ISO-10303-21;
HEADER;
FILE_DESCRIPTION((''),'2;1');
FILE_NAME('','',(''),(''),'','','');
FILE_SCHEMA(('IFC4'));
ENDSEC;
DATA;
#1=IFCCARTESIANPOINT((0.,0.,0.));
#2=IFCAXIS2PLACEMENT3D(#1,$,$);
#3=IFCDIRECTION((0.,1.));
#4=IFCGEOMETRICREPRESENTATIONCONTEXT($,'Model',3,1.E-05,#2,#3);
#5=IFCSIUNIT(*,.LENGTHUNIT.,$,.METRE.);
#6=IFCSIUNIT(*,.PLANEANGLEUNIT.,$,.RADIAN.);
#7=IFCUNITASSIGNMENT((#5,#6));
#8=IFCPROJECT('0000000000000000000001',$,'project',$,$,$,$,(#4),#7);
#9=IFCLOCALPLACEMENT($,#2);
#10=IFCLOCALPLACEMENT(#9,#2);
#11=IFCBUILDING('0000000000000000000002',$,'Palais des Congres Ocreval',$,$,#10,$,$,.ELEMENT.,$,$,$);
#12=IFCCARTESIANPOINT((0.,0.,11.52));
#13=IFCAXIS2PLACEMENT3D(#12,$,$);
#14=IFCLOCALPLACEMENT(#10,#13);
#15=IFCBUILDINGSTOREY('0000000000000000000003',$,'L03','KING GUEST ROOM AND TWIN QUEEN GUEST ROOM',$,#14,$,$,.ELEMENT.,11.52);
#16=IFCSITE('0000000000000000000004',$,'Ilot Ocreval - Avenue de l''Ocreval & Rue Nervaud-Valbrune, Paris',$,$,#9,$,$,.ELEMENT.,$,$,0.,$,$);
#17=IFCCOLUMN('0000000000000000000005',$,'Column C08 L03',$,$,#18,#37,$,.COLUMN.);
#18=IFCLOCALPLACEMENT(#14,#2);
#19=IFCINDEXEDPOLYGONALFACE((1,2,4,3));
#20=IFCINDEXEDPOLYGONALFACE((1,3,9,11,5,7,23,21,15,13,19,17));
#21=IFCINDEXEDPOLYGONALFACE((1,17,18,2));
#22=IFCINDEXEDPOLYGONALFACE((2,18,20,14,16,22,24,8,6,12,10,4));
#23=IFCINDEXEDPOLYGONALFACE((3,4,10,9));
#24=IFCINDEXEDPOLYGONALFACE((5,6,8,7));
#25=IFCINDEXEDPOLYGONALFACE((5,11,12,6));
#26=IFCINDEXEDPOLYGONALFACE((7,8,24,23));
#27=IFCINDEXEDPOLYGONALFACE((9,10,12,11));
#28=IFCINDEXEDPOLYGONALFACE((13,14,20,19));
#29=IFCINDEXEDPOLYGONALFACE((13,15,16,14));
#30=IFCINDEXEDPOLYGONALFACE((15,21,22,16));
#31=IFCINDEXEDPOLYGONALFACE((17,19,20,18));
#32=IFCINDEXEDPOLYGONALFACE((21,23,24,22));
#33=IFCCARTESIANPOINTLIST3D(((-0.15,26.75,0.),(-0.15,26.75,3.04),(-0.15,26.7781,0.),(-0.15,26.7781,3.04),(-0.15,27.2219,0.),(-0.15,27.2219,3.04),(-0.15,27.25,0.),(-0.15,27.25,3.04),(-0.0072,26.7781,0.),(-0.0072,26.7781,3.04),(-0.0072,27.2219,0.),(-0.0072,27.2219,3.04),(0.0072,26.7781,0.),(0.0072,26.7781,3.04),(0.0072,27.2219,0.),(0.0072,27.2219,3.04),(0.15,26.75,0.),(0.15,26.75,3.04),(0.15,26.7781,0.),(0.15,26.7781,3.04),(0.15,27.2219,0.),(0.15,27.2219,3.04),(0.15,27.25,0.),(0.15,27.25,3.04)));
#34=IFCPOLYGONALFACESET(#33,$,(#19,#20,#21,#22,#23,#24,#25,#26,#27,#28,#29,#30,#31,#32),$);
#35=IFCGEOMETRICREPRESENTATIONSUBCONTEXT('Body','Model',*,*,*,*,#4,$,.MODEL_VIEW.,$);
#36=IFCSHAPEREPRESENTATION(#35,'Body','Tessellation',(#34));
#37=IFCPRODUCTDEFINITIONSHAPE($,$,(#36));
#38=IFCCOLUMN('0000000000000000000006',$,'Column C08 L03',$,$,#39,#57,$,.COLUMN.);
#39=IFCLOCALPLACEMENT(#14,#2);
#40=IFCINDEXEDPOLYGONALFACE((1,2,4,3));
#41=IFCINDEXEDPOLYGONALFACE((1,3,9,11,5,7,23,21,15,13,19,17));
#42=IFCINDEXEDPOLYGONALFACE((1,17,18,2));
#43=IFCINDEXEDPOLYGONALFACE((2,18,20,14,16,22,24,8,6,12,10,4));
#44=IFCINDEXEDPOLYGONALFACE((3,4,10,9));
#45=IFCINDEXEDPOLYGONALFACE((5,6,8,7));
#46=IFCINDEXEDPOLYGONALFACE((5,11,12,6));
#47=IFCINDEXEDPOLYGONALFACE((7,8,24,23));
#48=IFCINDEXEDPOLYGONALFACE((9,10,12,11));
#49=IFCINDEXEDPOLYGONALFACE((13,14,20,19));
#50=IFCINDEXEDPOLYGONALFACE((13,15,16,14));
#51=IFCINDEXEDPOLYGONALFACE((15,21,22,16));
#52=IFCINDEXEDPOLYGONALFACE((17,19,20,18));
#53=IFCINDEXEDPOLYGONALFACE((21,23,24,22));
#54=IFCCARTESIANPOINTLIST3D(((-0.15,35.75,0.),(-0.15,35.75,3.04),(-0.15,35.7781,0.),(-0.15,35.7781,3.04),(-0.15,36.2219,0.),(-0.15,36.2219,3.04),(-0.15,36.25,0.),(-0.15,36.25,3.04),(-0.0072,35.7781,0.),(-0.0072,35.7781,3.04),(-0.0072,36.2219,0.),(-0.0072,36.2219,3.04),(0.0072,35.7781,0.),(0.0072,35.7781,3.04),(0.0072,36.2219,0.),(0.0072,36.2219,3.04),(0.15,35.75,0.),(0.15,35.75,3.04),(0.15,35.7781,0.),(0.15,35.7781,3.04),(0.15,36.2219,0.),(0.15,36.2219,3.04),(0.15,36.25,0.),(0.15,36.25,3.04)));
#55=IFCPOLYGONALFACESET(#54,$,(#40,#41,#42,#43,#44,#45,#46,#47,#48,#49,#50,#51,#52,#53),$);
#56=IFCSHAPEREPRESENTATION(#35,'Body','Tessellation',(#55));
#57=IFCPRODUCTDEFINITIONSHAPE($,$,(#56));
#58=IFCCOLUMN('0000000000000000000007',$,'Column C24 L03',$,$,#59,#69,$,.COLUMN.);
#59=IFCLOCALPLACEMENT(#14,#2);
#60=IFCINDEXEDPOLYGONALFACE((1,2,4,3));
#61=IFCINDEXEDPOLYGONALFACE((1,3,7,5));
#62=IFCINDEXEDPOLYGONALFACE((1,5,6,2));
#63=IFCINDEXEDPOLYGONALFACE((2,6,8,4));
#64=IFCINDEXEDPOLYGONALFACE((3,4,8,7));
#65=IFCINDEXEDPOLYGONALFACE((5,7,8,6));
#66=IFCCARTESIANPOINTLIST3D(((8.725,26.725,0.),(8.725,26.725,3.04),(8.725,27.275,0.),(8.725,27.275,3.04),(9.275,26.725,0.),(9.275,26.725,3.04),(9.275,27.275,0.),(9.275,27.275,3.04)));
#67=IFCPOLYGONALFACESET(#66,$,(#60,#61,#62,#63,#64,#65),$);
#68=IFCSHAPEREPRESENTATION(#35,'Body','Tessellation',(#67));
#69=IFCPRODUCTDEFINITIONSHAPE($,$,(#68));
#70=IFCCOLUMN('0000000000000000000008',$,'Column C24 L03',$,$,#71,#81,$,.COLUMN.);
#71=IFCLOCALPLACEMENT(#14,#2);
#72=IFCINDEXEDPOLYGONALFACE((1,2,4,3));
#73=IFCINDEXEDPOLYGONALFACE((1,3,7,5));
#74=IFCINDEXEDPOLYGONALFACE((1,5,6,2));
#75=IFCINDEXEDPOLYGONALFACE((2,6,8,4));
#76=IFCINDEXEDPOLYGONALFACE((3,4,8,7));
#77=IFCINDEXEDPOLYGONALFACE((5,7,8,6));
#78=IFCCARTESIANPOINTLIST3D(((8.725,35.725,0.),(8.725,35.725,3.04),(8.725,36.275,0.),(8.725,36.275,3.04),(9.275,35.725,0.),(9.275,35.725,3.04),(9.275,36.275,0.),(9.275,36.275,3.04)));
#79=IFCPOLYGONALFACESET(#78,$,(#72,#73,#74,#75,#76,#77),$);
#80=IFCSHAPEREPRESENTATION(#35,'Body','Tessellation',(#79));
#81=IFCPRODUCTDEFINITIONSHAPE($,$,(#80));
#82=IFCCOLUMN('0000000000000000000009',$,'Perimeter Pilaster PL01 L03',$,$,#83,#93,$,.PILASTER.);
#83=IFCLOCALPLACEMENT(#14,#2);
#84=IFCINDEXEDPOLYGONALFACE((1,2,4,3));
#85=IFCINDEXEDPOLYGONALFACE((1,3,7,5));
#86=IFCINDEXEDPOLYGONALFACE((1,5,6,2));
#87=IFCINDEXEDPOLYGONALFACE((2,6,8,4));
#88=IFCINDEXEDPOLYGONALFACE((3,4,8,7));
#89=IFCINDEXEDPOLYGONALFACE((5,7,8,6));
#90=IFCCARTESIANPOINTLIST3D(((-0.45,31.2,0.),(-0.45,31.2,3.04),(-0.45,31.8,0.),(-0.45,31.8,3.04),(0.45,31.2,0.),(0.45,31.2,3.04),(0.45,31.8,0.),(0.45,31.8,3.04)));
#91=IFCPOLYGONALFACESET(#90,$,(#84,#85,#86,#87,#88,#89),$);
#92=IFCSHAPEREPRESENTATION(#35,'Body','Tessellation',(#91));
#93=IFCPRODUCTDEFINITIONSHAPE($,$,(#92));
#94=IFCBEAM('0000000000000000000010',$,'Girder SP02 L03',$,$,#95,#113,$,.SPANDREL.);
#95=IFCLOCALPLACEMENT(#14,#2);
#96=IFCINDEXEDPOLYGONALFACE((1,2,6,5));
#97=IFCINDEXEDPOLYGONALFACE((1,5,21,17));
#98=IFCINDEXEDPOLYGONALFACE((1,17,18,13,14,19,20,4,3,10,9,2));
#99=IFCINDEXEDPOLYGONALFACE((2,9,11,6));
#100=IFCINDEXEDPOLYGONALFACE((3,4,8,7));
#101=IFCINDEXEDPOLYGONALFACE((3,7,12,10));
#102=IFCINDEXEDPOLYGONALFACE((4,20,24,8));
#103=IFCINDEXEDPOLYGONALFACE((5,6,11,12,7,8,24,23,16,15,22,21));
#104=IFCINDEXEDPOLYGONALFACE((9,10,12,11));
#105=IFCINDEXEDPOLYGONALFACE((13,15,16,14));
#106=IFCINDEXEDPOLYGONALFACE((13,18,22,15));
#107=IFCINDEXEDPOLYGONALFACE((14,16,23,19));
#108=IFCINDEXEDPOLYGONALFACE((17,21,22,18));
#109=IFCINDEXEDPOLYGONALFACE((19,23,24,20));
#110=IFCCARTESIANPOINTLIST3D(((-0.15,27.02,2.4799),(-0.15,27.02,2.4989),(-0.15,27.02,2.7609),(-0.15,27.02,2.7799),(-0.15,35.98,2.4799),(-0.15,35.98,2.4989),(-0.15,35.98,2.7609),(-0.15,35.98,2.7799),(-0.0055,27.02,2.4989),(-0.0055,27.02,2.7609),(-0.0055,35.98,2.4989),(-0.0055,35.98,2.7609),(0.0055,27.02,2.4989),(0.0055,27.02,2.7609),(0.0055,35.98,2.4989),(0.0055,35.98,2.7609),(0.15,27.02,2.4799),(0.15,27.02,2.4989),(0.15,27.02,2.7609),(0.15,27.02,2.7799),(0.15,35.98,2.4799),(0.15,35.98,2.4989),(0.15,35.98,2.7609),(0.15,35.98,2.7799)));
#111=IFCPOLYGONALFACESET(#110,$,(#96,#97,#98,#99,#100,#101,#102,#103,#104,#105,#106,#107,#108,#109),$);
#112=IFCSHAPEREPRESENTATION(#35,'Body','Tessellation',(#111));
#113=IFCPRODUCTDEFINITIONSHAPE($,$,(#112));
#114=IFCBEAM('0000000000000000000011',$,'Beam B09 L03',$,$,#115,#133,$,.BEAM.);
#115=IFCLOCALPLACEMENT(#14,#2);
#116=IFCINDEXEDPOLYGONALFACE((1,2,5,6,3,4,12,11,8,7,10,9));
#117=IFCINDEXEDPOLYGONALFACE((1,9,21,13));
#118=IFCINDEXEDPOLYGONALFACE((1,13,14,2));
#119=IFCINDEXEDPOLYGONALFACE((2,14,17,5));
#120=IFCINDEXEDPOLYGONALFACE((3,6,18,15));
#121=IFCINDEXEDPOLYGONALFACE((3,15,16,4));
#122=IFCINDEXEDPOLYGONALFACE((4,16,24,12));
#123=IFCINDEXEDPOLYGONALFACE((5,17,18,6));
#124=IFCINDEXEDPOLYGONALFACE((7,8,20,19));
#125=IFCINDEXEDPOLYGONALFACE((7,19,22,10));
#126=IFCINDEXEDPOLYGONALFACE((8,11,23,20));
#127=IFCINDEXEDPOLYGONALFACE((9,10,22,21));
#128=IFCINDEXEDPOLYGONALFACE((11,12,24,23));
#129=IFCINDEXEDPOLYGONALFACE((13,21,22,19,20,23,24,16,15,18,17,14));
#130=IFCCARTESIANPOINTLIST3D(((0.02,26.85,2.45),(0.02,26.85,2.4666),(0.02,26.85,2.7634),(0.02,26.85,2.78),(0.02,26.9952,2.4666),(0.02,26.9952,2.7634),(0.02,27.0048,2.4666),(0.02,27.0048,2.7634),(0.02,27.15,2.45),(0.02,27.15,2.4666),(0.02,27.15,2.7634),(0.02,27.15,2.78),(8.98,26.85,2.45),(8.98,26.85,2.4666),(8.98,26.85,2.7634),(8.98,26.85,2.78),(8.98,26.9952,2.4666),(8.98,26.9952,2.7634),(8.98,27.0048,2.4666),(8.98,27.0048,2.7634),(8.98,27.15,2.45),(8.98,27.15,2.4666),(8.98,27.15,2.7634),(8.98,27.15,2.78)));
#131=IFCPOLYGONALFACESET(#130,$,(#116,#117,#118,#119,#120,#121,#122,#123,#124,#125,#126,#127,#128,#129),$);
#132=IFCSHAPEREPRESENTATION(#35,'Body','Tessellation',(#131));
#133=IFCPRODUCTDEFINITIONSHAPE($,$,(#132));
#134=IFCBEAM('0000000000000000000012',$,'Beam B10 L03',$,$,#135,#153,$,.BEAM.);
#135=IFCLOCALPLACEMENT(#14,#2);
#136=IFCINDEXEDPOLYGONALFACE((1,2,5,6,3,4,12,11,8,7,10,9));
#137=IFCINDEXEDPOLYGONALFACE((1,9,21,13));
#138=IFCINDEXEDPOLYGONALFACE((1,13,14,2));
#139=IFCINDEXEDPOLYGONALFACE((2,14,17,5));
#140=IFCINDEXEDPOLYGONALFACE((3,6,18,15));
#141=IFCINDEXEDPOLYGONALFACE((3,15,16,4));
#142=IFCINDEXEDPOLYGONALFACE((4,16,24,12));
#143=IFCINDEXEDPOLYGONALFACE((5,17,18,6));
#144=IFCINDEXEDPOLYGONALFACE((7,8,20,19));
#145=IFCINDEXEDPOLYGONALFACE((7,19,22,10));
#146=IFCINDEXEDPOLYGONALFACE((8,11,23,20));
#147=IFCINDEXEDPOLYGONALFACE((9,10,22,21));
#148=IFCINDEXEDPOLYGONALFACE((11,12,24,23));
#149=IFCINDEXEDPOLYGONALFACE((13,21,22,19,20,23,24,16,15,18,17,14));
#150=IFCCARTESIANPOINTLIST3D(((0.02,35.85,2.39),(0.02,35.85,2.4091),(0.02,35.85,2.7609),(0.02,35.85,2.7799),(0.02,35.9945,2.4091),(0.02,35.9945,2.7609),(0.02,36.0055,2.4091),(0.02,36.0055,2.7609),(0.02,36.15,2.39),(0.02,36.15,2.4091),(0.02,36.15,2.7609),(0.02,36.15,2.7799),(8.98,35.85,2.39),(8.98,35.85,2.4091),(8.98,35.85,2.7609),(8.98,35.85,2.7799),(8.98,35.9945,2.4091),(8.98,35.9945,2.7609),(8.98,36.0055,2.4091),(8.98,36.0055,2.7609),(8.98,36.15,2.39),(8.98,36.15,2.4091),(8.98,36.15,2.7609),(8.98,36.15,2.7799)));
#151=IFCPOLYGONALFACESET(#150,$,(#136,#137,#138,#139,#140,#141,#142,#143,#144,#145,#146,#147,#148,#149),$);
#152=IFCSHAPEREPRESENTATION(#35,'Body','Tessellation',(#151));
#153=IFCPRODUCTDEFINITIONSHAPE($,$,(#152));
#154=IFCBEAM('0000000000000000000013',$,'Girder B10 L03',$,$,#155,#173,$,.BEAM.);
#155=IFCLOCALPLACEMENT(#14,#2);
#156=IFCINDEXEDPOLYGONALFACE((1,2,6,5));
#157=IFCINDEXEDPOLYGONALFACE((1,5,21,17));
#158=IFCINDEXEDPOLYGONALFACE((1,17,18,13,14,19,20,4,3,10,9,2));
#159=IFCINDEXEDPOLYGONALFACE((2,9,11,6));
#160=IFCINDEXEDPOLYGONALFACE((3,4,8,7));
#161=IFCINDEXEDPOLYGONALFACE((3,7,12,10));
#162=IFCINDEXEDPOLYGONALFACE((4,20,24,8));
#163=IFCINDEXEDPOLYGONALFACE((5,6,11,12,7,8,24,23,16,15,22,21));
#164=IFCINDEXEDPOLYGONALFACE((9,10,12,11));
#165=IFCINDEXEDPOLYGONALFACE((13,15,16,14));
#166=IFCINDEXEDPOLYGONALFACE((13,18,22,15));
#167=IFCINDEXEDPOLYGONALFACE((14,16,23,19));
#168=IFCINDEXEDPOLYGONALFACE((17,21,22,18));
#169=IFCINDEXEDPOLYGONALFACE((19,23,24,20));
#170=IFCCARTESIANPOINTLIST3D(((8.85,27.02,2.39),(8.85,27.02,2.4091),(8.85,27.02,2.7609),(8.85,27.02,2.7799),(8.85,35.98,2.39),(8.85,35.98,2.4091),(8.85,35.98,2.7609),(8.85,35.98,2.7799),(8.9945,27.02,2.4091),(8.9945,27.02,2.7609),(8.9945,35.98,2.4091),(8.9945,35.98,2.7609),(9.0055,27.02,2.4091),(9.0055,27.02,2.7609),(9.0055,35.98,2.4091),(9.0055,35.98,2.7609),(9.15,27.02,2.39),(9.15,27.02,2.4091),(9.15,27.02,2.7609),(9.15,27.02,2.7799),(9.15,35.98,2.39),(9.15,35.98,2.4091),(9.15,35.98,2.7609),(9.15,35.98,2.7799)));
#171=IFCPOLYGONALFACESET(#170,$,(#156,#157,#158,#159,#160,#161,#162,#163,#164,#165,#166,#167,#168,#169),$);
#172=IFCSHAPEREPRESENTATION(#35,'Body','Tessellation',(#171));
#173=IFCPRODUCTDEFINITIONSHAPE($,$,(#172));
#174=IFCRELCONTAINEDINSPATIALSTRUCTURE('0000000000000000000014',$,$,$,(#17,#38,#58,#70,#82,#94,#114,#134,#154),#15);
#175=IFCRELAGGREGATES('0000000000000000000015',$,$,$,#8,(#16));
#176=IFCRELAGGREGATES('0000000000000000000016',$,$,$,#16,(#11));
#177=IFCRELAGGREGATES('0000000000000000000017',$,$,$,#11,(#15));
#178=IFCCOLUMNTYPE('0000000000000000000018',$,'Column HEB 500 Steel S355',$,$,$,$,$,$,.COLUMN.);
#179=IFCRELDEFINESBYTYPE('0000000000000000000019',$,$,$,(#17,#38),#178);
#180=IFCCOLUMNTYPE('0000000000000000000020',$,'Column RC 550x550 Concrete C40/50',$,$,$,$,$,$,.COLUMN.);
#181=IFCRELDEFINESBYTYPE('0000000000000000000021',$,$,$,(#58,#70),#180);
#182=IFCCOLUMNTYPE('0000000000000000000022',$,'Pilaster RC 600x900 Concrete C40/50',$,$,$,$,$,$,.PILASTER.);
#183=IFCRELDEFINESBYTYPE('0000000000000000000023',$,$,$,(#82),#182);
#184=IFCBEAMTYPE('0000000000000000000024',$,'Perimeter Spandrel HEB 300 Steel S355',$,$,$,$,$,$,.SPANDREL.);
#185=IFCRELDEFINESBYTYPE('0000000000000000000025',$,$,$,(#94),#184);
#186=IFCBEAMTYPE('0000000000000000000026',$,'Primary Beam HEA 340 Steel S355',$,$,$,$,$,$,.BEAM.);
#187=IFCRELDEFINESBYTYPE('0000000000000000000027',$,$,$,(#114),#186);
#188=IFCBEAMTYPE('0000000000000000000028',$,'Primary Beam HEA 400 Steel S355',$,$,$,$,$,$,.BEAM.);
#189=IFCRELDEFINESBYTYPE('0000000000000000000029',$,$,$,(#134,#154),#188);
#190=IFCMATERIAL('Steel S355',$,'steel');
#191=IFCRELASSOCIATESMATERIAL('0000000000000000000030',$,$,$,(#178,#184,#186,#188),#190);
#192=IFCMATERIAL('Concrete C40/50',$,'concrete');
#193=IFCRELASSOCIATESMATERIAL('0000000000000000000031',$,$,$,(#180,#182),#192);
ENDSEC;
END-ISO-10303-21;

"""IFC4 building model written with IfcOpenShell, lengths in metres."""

from ifc_helpers import new_model, si_unit, direction, frame, origin, origin_2d, place, context, subcontext, project, spatial, rectangle, i_section, extrude, material, material_profile, profile_set, type_object, element, save


model = new_model("IFC4")

# Units and contexts
model_context = context("Model", 3, precision=1e-05, world=origin(), true_north=direction((0.0, 1.0)))
body_context = subcontext(model_context, "Body", "Model", "MODEL_VIEW")
ifc_project = project(units=[si_unit("LENGTHUNIT", "METRE"), si_unit("PLANEANGLEUNIT", "RADIAN")], contexts=[model_context])

# Site, building, storey
site_placement = place(None, origin())
site = spatial("IfcSite", under=ifc_project, at=site_placement, Name="Ilot Ocreval - Avenue de l'Ocreval & Rue Nervaud-Valbrune, Paris", CompositionType="ELEMENT", RefElevation=0.0)
building_placement = place(site_placement, origin())
building = spatial("IfcBuilding", under=site, at=building_placement, Name="Palais des Congres Ocreval", CompositionType="ELEMENT")
storey_placement = place(building_placement, frame((0.0, 0.0, 11.52)))
storey = spatial("IfcBuildingStorey", under=building, at=storey_placement, Name="L03", Description="KING GUEST ROOM AND TWIN QUEEN GUEST ROOM", CompositionType="ELEMENT", Elevation=11.52)

# Columns
ifc_material_1 = material(Name="Steel S355", Category="steel")
ifc_material_profile_1 = material_profile(ifc_material_1, i_section(OverallWidth=0.3, OverallDepth=0.5, WebThickness=0.0144, FlangeThickness=0.0281, at=origin_2d()), Name="HEB 500")
ifc_profile_set_1 = profile_set([ifc_material_profile_1], Name="Steel S355")
column_type_1 = type_object("IfcColumnType", Name="Column HEB 500 Steel S355", PredefinedType="COLUMN", material=ifc_profile_set_1)
for number, where, z_axis, x_axis, name in (
    (1, (0.0, 27.0, 0.0), (0.0, 0.0, 1.0), (1.0, 0.0, 0.0), "Column C08 L03"),
    (2, (0.0, 36.0, 0.0), (0.0, 0.0, 1.0), (1.0, 0.0, 0.0), "Column C08 L03"),
):
    element("IfcColumn", number, at=place(storey_placement, frame(where, z_axis=z_axis, x_axis=x_axis)), inside=storey, type_object=column_type_1, Name=name, PredefinedType="COLUMN", context=body_context, shape_type="SweptSolid", body=[
        extrude(i_section(OverallWidth=0.3, OverallDepth=0.5, WebThickness=0.0144, FlangeThickness=0.0281, at=origin_2d()), origin(), (0.0, 0.0, 1.0), 3.04),
    ])
ifc_material_2 = material(Name="Concrete C40/50", Category="concrete")
ifc_material_profile_2 = material_profile(ifc_material_2, rectangle(XDim=0.55, YDim=0.55, at=origin_2d()), Name="RC 550x550")
ifc_profile_set_2 = profile_set([ifc_material_profile_2], Name="Concrete C40/50")
column_type_2 = type_object("IfcColumnType", Name="Column RC 550x550 Concrete C40/50", PredefinedType="COLUMN", material=ifc_profile_set_2)
for number, where, z_axis, x_axis, name in (
    (3, (9.0, 27.0, 0.0), (0.0, 0.0, 1.0), (1.0, 0.0, 0.0), "Column C24 L03"),
    (4, (9.0, 36.0, 0.0), (0.0, 0.0, 1.0), (1.0, 0.0, 0.0), "Column C24 L03"),
):
    element("IfcColumn", number, at=place(storey_placement, frame(where, z_axis=z_axis, x_axis=x_axis)), inside=storey, type_object=column_type_2, Name=name, PredefinedType="COLUMN", context=body_context, shape_type="SweptSolid", body=[
        extrude(rectangle(XDim=0.55, YDim=0.55, at=origin_2d()), origin(), (0.0, 0.0, 1.0), 3.04),
    ])
ifc_material_profile_3 = material_profile(ifc_material_2, rectangle(XDim=0.6001, YDim=0.8999, at=origin_2d()), Name="RC 600x900")
ifc_profile_set_3 = profile_set([ifc_material_profile_3], Name="Concrete C40/50")
column_type_3 = type_object("IfcColumnType", Name="Pilaster RC 600x900 Concrete C40/50", PredefinedType="PILASTER", material=ifc_profile_set_3)
column_placement = place(storey_placement, frame((0.0, 31.5, 0.0), z_axis=(0.0, 0.0, 1.0), x_axis=(0.0, 1.0, 0.0)))
element("IfcColumn", 5, at=column_placement, inside=storey, type_object=column_type_3, Name="Perimeter Pilaster PL01 L03", PredefinedType="PILASTER", context=body_context, shape_type="SweptSolid", body=[
    extrude(rectangle(XDim=0.6001, YDim=0.8999, at=origin_2d()), origin(), (0.0, 0.0, 1.0), 3.04),
])

# Beams
ifc_material_profile_4 = material_profile(ifc_material_1, i_section(OverallWidth=0.3, OverallDepth=0.3, WebThickness=0.011, FlangeThickness=0.019, at=origin_2d()), Name="HEB 300")
ifc_profile_set_4 = profile_set([ifc_material_profile_4], Name="Steel S355")
beam_type_1 = type_object("IfcBeamType", Name="Perimeter Spandrel HEB 300 Steel S355", PredefinedType="SPANDREL", material=ifc_profile_set_4)
beam_1_placement = place(storey_placement, frame((0.0, 27.02, 2.6299), z_axis=(0.0, 1.0, 0.0), x_axis=(-1.0, 0.0, 0.0)))
element("IfcBeam", 6, at=beam_1_placement, inside=storey, type_object=beam_type_1, Name="Girder SP02 L03", PredefinedType="SPANDREL", context=body_context, shape_type="SweptSolid", body=[
    extrude(i_section(OverallWidth=0.3, OverallDepth=0.3, WebThickness=0.011, FlangeThickness=0.019, at=origin_2d()), origin(), (0.0, 0.0, 1.0), 8.96),
])
ifc_material_profile_5 = material_profile(ifc_material_1, i_section(OverallWidth=0.3, OverallDepth=0.3301, WebThickness=0.0095, FlangeThickness=0.0166, at=origin_2d()), Name="HEA 340")
ifc_profile_set_5 = profile_set([ifc_material_profile_5], Name="Steel S355")
beam_type_2 = type_object("IfcBeamType", Name="Primary Beam HEA 340 Steel S355", PredefinedType="BEAM", material=ifc_profile_set_5)
beam_2_placement = place(storey_placement, frame((0.02, 27.0, 2.615), z_axis=(1.0, 0.0, 0.0), x_axis=(0.0, 1.0, 0.0)))
element("IfcBeam", 7, at=beam_2_placement, inside=storey, type_object=beam_type_2, Name="Beam B09 L03", PredefinedType="BEAM", context=body_context, shape_type="SweptSolid", body=[
    extrude(i_section(OverallWidth=0.3, OverallDepth=0.3301, WebThickness=0.0095, FlangeThickness=0.0166, at=origin_2d()), origin(), (0.0, 0.0, 1.0), 8.96),
])
ifc_material_profile_6 = material_profile(ifc_material_1, i_section(OverallWidth=0.3, OverallDepth=0.3899, WebThickness=0.011, FlangeThickness=0.019, at=origin_2d()), Name="HEA 400")
ifc_profile_set_6 = profile_set([ifc_material_profile_6], Name="Steel S355")
beam_type_3 = type_object("IfcBeamType", Name="Primary Beam HEA 400 Steel S355", PredefinedType="BEAM", material=ifc_profile_set_6)
for number, where, z_axis, x_axis, name in (
    (8, (0.02, 36.0, 2.585), (1.0, 0.0, 0.0), (0.0, 1.0, 0.0), "Beam B10 L03"),
    (9, (9.0, 27.02, 2.585), (0.0, 1.0, 0.0), (-1.0, 0.0, 0.0), "Girder B10 L03"),
):
    element("IfcBeam", number, at=place(storey_placement, frame(where, z_axis=z_axis, x_axis=x_axis)), inside=storey, type_object=beam_type_3, Name=name, PredefinedType="BEAM", context=body_context, shape_type="SweptSolid", body=[
        extrude(i_section(OverallWidth=0.3, OverallDepth=0.3899, WebThickness=0.011, FlangeThickness=0.019, at=origin_2d()), origin(), (0.0, 0.0, 1.0), 8.96),
    ])

save(model, "model.ifc")
